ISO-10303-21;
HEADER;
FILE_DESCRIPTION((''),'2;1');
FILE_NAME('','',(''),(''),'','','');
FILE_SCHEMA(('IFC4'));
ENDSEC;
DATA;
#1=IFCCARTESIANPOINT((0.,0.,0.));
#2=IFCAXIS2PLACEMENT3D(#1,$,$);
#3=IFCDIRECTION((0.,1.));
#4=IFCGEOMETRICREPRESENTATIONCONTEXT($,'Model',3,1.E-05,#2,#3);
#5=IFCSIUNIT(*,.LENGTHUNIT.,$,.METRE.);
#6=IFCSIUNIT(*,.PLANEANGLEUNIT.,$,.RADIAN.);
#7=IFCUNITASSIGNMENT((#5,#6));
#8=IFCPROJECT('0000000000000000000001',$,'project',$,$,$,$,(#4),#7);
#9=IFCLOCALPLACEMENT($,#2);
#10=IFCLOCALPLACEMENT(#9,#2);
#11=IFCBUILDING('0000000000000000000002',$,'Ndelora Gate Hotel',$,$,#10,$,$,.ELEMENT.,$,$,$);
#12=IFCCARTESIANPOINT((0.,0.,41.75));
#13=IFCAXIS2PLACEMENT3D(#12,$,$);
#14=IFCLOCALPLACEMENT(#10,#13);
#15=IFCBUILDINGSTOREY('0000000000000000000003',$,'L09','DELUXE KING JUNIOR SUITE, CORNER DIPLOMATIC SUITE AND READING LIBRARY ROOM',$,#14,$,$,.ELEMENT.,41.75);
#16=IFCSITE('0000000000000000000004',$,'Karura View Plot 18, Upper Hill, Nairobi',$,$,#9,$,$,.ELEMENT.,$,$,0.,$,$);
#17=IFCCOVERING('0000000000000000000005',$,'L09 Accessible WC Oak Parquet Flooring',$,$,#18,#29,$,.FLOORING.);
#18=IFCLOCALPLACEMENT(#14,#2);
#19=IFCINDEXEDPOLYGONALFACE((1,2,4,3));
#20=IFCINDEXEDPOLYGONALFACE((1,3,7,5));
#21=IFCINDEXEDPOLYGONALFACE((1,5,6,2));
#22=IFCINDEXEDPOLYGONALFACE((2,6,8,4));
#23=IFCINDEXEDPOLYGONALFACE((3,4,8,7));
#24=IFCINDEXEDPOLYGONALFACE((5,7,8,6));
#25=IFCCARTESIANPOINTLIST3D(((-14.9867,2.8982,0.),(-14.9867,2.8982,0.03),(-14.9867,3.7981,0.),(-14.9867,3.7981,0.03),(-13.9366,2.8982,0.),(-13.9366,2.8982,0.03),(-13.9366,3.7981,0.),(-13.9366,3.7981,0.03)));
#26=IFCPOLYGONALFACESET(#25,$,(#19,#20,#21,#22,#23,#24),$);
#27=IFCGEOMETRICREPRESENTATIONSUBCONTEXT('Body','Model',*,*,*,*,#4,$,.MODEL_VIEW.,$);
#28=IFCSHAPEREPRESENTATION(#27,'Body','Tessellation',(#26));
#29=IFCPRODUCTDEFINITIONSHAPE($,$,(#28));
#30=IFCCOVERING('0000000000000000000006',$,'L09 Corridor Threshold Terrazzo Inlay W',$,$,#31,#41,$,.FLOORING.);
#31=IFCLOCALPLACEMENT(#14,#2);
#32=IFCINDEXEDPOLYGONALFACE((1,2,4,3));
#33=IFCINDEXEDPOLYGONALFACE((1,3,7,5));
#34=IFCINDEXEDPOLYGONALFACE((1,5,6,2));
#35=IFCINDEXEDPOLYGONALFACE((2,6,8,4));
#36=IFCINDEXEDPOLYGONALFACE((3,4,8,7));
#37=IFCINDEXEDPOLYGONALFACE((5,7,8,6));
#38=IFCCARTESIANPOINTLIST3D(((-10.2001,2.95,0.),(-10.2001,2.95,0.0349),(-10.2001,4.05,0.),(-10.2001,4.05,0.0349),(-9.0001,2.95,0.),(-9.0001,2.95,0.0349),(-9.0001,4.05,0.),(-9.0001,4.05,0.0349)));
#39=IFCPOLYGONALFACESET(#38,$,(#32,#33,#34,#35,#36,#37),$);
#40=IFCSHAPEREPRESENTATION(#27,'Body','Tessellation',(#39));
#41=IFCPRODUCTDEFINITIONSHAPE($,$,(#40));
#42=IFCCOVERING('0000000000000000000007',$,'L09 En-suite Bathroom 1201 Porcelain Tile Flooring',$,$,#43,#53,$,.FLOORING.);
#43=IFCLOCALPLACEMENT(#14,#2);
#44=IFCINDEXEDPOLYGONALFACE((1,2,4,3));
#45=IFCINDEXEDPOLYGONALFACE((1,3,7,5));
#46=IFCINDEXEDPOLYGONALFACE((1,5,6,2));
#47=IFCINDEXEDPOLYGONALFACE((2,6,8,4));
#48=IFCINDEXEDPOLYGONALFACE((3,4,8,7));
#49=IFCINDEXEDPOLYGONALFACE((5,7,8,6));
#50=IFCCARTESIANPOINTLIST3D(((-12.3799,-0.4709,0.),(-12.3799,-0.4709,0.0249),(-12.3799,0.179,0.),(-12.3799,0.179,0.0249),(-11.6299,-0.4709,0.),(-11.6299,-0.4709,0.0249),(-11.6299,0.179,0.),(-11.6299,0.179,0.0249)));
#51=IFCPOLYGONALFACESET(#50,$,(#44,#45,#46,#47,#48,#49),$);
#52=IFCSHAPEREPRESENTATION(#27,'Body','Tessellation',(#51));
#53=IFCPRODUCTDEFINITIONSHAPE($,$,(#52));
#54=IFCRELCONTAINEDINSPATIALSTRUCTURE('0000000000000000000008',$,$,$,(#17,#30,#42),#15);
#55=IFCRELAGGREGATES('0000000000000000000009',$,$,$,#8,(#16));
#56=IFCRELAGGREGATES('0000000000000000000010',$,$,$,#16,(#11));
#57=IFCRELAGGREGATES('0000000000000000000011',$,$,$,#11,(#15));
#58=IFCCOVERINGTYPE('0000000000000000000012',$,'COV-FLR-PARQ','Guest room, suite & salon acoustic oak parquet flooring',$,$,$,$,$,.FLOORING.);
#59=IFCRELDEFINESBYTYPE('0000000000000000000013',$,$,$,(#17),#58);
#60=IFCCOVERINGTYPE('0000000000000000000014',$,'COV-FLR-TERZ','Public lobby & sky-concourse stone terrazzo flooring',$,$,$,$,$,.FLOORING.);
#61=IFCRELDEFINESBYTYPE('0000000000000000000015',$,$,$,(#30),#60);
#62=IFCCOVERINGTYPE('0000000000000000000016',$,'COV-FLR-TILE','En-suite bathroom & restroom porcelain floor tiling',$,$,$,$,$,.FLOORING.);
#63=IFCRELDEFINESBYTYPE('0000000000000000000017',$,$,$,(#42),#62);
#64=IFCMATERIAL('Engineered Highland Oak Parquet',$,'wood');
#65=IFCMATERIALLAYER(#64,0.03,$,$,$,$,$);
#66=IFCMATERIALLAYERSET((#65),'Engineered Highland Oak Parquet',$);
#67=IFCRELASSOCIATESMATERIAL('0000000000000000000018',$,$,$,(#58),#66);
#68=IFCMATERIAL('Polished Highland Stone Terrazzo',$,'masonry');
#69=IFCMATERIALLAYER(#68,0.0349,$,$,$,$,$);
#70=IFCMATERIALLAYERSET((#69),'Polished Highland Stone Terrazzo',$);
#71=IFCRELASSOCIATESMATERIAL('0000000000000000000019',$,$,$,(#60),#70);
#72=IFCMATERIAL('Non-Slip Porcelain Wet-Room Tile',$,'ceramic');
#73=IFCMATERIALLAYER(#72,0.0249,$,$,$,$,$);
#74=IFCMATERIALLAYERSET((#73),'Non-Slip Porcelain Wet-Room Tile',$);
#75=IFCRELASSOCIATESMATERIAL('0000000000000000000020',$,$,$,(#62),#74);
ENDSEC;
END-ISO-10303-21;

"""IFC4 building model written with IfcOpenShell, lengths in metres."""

from ifc_helpers import new_model, si_unit, direction, frame, origin, origin_2d, place, context, subcontext, project, spatial, rectangle, extrude, material, layer, layer_set, type_object, element, save


model = new_model("IFC4")

# Units and contexts
model_context = context("Model", 3, precision=1e-05, world=origin(), true_north=direction((0.0, 1.0)))
body_context = subcontext(model_context, "Body", "Model", "MODEL_VIEW")
ifc_project = project(units=[si_unit("LENGTHUNIT", "METRE"), si_unit("PLANEANGLEUNIT", "RADIAN")], contexts=[model_context])

# Site, building, storey
site_placement = place(None, origin())
site = spatial("IfcSite", under=ifc_project, at=site_placement, Name="Karura View Plot 18, Upper Hill, Nairobi", CompositionType="ELEMENT", RefElevation=0.0)
building_placement = place(site_placement, origin())
building = spatial("IfcBuilding", under=site, at=building_placement, Name="Ndelora Gate Hotel", CompositionType="ELEMENT")
storey_placement = place(building_placement, frame((0.0, 0.0, 41.75)))
storey = spatial("IfcBuildingStorey", under=building, at=storey_placement, Name="L09", Description="DELUXE KING JUNIOR SUITE, CORNER DIPLOMATIC SUITE AND READING LIBRARY ROOM", CompositionType="ELEMENT", Elevation=41.75)

# Coverings
ifc_material_1 = material(Name="Engineered Highland Oak Parquet", Category="wood")
ifc_layer_1 = layer(ifc_material_1, 0.03)
ifc_layer_set_1 = layer_set([ifc_layer_1], Name="Engineered Highland Oak Parquet")
covering_type_1 = type_object("IfcCoveringType", Name="COV-FLR-PARQ", Description="Guest room, suite & salon acoustic oak parquet flooring", PredefinedType="FLOORING", material=ifc_layer_set_1)
covering_1_placement = place(storey_placement, frame((-14.4617, 3.3481, 0.0), z_axis=(0.0, 0.0, 1.0), x_axis=(1.0, 0.0, 0.0)))
element("IfcCovering", 1, at=covering_1_placement, inside=storey, type_object=covering_type_1, Name="L09 Accessible WC Oak Parquet Flooring", PredefinedType="FLOORING", context=body_context, shape_type="SweptSolid", body=[
    extrude(rectangle(XDim=1.05, YDim=0.8999, at=origin_2d()), origin(), (0.0, 0.0, 1.0), 0.03),
])
ifc_material_2 = material(Name="Polished Highland Stone Terrazzo", Category="masonry")
ifc_layer_2 = layer(ifc_material_2, 0.0349)
ifc_layer_set_2 = layer_set([ifc_layer_2], Name="Polished Highland Stone Terrazzo")
covering_type_2 = type_object("IfcCoveringType", Name="COV-FLR-TERZ", Description="Public lobby & sky-concourse stone terrazzo flooring", PredefinedType="FLOORING", material=ifc_layer_set_2)
covering_2_placement = place(storey_placement, frame((-9.6001, 3.5, 0.0), z_axis=(0.0, 0.0, 1.0), x_axis=(1.0, 0.0, 0.0)))
element("IfcCovering", 2, at=covering_2_placement, inside=storey, type_object=covering_type_2, Name="L09 Corridor Threshold Terrazzo Inlay W", PredefinedType="FLOORING", context=body_context, shape_type="SweptSolid", body=[
    extrude(rectangle(XDim=1.2, YDim=1.1001, at=origin_2d()), origin(), (0.0, 0.0, 1.0), 0.0349),
])
ifc_material_3 = material(Name="Non-Slip Porcelain Wet-Room Tile", Category="ceramic")
ifc_layer_3 = layer(ifc_material_3, 0.0249)
ifc_layer_set_3 = layer_set([ifc_layer_3], Name="Non-Slip Porcelain Wet-Room Tile")
covering_type_3 = type_object("IfcCoveringType", Name="COV-FLR-TILE", Description="En-suite bathroom & restroom porcelain floor tiling", PredefinedType="FLOORING", material=ifc_layer_set_3)
covering_3_placement = place(storey_placement, frame((-12.0049, -0.146, 0.0), z_axis=(0.0, 0.0, 1.0), x_axis=(1.0, 0.0, 0.0)))
element("IfcCovering", 3, at=covering_3_placement, inside=storey, type_object=covering_type_3, Name="L09 En-suite Bathroom 1201 Porcelain Tile Flooring", PredefinedType="FLOORING", context=body_context, shape_type="SweptSolid", body=[
    extrude(rectangle(XDim=0.75, YDim=0.6499, at=origin_2d()), origin(), (0.0, 0.0, 1.0), 0.0249),
])

save(model, "model.ifc")
